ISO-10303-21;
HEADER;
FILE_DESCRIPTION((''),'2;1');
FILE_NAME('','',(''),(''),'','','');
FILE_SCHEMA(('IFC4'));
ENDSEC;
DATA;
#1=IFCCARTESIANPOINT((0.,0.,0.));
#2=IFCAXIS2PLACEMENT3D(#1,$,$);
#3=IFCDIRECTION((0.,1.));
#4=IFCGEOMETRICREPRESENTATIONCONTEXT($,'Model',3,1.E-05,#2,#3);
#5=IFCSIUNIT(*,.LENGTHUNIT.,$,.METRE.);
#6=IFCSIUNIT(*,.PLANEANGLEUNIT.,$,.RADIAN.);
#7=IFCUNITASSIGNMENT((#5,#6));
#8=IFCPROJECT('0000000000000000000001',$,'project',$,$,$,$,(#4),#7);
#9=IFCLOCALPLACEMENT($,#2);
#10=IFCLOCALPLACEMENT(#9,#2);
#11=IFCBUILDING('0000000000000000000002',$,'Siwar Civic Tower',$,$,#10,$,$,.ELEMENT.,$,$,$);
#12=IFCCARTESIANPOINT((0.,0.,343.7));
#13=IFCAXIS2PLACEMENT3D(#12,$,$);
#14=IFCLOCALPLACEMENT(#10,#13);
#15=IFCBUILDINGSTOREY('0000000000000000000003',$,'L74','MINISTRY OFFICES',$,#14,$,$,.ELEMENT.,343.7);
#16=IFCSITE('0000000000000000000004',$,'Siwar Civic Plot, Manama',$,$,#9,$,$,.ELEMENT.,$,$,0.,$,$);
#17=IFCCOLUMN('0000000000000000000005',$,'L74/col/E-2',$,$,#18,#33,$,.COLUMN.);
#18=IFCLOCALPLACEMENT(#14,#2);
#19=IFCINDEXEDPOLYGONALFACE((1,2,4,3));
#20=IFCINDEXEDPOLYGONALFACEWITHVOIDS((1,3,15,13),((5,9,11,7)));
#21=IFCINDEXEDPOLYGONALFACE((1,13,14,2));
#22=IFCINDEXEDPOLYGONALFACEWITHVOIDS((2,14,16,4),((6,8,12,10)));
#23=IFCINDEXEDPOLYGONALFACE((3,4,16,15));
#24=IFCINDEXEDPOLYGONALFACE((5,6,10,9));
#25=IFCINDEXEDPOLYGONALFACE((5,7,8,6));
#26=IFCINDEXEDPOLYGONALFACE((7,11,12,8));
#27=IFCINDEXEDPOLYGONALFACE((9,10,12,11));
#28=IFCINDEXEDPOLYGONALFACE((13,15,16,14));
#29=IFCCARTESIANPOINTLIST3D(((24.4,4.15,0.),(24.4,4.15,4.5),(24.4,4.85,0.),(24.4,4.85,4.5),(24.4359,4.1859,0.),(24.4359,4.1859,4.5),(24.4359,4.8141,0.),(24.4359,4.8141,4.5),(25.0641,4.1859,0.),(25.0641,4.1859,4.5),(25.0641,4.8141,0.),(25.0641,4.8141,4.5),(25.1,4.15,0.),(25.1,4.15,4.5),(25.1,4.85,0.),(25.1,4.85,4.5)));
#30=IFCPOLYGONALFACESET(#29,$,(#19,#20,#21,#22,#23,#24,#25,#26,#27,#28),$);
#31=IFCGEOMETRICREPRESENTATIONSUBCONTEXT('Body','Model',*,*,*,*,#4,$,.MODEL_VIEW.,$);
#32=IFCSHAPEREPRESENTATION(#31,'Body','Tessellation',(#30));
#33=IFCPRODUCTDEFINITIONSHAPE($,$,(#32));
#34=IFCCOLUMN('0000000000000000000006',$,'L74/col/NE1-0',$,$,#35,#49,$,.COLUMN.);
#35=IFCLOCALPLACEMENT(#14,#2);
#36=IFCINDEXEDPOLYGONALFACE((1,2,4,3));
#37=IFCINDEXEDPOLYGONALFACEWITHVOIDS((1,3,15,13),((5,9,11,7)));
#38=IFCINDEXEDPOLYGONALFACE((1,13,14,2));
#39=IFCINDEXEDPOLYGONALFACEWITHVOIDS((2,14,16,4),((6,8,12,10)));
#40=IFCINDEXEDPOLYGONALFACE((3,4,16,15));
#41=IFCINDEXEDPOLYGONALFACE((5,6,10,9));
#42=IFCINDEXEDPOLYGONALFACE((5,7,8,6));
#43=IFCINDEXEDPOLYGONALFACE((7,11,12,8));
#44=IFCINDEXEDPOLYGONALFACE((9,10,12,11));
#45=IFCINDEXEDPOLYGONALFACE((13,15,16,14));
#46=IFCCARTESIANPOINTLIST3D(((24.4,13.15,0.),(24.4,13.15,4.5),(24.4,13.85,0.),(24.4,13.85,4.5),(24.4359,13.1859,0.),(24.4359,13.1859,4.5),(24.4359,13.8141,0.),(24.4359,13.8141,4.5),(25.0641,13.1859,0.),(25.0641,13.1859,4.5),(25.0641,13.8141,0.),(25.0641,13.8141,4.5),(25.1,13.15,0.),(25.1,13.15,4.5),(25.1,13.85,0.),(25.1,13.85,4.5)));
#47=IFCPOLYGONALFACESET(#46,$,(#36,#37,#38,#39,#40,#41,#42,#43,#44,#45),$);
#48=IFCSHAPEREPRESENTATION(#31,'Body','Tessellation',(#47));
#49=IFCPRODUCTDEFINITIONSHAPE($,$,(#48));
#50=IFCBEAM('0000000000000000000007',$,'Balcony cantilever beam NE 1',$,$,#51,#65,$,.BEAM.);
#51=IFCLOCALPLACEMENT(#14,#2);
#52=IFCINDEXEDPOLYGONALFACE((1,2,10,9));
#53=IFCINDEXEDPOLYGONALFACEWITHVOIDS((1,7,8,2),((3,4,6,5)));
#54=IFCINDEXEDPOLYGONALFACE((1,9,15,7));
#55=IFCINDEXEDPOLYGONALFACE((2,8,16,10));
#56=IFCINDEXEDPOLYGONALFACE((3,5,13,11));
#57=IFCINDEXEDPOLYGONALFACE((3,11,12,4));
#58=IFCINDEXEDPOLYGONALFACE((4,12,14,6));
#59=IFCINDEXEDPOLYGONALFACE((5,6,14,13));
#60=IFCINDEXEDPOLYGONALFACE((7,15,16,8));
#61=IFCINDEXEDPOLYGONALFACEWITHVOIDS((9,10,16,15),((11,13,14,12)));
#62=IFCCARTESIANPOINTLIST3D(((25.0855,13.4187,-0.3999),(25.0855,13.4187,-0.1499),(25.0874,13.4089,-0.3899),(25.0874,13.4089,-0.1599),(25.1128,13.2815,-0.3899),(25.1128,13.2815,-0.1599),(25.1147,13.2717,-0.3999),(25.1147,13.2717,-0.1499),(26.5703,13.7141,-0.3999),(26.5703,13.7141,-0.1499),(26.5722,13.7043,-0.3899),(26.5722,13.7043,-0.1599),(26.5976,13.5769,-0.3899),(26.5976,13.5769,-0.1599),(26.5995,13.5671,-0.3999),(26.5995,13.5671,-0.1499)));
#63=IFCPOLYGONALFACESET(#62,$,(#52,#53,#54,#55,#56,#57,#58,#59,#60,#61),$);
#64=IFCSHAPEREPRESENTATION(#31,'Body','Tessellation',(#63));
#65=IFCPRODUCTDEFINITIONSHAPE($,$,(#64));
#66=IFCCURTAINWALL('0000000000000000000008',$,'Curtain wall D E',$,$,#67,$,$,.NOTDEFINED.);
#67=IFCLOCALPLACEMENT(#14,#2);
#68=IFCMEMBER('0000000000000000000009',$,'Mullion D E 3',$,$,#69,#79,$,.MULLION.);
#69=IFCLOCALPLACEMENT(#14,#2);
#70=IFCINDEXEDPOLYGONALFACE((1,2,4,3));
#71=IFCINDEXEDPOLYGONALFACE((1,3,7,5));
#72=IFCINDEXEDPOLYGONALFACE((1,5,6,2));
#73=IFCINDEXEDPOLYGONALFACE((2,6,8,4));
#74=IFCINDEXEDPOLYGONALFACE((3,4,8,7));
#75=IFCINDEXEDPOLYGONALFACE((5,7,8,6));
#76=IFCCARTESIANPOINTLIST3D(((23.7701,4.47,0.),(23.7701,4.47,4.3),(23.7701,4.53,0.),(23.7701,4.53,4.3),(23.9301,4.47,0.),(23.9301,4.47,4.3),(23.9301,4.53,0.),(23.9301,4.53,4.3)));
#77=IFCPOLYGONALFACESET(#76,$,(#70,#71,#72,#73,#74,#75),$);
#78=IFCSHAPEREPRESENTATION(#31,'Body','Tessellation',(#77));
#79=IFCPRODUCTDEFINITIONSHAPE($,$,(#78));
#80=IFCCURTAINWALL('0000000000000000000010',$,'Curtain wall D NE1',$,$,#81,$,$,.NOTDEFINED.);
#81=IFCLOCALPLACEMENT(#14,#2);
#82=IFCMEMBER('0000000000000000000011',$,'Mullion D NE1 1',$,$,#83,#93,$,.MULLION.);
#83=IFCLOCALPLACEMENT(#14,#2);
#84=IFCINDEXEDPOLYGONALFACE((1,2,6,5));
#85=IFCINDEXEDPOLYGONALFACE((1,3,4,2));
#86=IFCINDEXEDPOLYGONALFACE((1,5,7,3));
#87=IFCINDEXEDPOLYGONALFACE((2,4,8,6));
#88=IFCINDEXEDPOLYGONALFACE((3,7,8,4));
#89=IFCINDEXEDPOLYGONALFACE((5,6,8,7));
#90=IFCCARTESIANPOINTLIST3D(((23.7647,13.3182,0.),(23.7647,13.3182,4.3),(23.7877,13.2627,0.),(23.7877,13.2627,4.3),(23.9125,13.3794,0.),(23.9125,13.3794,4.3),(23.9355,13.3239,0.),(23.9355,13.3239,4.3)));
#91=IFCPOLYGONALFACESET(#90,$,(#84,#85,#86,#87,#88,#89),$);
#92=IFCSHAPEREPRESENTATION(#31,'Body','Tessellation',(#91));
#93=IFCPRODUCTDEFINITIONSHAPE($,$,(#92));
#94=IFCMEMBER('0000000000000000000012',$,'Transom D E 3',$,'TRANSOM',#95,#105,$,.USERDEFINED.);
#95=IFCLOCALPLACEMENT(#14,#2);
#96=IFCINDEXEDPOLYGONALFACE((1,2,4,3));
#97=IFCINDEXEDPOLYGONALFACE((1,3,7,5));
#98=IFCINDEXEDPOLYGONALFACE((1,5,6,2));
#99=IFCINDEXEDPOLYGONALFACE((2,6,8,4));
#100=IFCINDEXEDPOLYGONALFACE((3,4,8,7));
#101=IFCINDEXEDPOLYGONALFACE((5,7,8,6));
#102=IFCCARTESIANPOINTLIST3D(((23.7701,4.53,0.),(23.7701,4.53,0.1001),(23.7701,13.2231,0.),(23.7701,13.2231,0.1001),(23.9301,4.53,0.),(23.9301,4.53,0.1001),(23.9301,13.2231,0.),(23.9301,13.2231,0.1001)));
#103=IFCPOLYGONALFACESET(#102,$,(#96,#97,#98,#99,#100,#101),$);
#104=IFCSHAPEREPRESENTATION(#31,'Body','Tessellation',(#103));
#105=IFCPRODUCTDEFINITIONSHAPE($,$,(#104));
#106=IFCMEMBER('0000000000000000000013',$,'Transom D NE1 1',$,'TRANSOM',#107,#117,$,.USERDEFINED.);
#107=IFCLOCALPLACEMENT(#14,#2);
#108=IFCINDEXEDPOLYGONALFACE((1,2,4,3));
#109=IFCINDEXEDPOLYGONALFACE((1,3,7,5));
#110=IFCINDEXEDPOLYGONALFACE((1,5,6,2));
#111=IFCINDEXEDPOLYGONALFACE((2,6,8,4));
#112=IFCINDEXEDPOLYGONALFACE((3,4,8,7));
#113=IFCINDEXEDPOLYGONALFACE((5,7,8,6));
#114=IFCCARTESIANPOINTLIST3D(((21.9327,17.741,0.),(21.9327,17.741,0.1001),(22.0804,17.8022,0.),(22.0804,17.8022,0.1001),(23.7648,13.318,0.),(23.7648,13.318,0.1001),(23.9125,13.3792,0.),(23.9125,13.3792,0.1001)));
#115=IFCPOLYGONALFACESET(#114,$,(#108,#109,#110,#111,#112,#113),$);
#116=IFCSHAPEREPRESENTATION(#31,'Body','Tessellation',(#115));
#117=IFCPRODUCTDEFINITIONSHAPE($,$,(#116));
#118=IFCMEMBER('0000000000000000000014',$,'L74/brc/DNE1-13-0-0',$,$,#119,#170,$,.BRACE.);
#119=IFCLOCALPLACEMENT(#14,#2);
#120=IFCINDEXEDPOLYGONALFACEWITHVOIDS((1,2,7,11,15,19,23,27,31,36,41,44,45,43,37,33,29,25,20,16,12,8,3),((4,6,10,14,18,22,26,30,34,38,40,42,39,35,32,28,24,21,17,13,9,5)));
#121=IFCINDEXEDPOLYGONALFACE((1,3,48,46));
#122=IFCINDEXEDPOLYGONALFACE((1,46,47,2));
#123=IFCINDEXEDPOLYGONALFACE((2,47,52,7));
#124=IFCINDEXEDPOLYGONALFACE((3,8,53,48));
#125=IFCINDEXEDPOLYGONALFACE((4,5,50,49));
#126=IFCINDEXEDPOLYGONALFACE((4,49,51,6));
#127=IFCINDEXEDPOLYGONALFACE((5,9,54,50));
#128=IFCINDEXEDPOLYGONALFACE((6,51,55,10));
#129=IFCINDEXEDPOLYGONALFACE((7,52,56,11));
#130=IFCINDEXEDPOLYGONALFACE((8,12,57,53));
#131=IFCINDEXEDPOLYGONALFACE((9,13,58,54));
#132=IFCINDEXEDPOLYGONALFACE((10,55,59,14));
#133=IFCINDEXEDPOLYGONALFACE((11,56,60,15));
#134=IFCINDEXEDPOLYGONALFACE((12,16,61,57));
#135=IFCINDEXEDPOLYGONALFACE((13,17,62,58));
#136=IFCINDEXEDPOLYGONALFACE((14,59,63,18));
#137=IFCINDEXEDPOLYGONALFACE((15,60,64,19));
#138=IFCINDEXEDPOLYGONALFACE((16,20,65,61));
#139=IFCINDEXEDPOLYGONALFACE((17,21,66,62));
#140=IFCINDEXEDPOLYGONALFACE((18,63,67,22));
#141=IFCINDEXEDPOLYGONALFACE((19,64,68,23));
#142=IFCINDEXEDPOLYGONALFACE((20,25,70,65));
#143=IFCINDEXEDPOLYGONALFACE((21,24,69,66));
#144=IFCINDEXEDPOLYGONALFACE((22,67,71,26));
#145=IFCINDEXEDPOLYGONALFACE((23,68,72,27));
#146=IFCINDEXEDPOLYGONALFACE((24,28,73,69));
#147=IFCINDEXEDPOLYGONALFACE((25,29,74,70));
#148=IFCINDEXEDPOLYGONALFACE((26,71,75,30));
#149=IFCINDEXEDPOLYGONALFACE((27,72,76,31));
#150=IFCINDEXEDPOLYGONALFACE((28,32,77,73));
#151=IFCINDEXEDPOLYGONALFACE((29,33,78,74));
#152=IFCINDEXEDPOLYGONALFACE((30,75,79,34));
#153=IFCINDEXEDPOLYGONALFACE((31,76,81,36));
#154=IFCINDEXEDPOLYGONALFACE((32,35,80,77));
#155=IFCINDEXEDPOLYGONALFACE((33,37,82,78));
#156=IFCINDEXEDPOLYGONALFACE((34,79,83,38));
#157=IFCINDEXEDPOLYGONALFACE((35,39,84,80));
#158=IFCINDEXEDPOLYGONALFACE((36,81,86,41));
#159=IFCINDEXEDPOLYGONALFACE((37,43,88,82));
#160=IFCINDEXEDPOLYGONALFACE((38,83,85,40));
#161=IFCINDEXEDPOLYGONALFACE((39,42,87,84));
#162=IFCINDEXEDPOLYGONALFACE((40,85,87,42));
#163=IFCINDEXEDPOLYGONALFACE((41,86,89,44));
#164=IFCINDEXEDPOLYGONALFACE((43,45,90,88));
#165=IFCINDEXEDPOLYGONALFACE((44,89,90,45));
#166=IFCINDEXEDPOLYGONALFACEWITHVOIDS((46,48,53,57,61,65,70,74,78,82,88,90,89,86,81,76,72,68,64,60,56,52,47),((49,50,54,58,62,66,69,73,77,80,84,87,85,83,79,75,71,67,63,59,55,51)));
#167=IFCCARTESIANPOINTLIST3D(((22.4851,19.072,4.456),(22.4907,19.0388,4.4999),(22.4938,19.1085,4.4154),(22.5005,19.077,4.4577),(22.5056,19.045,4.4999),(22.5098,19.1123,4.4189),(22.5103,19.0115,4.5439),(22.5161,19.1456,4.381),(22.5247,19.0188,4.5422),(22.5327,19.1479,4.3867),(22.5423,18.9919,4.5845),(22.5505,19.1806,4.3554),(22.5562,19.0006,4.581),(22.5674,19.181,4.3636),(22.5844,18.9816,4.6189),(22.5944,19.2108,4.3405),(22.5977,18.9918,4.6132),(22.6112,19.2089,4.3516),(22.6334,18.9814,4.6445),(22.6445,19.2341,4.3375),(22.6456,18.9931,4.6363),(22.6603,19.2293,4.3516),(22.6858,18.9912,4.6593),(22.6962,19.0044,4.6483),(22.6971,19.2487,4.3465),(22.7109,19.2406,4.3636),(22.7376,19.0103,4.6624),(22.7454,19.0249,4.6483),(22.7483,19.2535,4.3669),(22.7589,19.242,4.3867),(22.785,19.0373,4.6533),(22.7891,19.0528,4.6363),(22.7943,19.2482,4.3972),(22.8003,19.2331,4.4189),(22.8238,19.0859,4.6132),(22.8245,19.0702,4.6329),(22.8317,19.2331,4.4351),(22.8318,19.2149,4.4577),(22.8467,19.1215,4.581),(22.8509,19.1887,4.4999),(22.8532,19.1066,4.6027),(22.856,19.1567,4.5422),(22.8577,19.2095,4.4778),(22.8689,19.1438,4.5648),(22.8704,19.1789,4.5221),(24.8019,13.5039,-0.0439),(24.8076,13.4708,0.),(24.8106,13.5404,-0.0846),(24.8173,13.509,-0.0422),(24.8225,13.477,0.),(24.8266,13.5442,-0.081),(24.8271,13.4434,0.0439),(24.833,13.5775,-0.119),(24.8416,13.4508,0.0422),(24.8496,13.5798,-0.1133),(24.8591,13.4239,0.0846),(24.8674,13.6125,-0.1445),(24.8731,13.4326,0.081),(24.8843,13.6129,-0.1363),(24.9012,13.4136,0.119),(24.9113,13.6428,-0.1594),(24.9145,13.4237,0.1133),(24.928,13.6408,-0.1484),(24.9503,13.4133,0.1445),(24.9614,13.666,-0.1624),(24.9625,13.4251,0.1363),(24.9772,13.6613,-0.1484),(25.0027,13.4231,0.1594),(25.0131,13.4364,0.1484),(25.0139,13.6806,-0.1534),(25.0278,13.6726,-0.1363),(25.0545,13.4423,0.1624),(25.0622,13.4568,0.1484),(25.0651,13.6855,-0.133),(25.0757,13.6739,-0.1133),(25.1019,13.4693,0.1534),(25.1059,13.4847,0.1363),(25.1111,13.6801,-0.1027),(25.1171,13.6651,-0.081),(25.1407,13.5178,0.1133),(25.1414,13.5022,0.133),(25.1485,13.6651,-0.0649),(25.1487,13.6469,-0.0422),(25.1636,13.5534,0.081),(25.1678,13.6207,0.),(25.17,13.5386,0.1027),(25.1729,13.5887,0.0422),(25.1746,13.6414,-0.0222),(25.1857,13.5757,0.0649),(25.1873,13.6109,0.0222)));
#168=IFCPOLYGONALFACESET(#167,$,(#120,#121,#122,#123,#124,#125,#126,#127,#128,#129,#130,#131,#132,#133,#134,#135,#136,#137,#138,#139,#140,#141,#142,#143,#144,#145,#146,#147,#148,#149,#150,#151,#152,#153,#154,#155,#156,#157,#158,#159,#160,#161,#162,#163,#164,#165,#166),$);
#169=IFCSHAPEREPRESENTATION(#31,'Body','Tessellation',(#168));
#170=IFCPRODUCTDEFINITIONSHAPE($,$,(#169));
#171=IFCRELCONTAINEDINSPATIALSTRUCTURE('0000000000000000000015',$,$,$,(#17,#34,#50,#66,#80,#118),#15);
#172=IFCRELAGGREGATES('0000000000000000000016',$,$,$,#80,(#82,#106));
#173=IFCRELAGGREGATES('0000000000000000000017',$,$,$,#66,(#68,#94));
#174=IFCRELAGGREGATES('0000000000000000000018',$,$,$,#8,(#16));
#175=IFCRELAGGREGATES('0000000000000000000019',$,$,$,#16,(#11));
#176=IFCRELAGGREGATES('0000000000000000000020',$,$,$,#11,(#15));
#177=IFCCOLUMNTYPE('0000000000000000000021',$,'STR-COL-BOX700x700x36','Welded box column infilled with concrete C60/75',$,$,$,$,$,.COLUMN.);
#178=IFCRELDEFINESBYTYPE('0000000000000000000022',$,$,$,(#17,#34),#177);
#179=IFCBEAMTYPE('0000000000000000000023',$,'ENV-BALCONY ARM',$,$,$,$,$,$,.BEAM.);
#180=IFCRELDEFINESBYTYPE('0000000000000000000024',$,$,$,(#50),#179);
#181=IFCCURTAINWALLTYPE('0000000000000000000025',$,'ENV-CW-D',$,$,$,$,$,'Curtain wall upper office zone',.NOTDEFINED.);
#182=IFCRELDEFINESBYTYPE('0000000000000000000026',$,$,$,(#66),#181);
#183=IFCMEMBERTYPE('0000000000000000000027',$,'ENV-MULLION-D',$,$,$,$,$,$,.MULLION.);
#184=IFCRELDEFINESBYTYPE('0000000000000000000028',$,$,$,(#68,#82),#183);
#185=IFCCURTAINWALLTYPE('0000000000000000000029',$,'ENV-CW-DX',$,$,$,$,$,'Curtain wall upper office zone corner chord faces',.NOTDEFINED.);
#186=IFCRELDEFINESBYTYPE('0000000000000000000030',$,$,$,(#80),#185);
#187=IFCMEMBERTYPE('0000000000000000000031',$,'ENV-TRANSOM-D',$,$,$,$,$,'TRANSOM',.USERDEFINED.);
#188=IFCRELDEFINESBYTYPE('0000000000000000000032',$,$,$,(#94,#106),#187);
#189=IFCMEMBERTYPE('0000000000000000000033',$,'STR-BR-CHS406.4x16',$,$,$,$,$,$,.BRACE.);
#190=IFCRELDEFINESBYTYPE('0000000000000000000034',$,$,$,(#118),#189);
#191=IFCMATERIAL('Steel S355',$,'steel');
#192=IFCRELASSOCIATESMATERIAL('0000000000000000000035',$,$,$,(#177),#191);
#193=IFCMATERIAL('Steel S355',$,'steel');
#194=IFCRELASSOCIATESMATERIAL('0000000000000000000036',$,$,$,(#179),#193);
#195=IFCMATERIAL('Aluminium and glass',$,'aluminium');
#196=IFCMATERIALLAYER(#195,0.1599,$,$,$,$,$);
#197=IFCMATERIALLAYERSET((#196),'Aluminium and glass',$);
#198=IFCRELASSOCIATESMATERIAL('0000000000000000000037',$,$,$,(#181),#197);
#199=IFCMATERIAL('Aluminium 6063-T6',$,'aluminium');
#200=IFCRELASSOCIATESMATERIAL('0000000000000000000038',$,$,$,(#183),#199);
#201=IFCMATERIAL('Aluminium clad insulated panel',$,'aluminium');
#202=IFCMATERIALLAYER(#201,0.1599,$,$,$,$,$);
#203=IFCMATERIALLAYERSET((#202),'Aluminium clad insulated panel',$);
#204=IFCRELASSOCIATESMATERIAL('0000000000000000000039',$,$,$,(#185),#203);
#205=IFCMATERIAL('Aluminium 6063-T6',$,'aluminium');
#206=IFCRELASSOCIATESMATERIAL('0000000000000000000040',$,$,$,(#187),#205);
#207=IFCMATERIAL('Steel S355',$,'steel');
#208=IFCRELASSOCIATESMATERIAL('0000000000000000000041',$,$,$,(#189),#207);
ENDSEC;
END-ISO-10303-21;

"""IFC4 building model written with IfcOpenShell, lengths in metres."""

from ifc_helpers import new_model, si_unit, direction, frame, origin, origin_2d, place, context, subcontext, project, spatial, rectangle, hollow_rectangle, hollow_circle, extrude, material, layer, layer_set, material_profile, profile_set, type_object, element, aggregate, save


model = new_model("IFC4")

# Units and contexts
model_context = context("Model", 3, precision=1e-05, world=origin(), true_north=direction((0.0, 1.0)))
body_context = subcontext(model_context, "Body", "Model", "MODEL_VIEW")
ifc_project = project(units=[si_unit("LENGTHUNIT", "METRE"), si_unit("PLANEANGLEUNIT", "RADIAN")], contexts=[model_context])

# Site, building, storey
site_placement = place(None, origin())
site = spatial("IfcSite", under=ifc_project, at=site_placement, Name="Siwar Civic Plot, Manama", CompositionType="ELEMENT", RefElevation=0.0)
building_placement = place(site_placement, origin())
building = spatial("IfcBuilding", under=site, at=building_placement, Name="Siwar Civic Tower", CompositionType="ELEMENT")
storey_placement = place(building_placement, frame((0.0, 0.0, 343.7)))
storey = spatial("IfcBuildingStorey", under=building, at=storey_placement, Name="L74", Description="MINISTRY OFFICES", CompositionType="ELEMENT", Elevation=343.7)

# Columns
ifc_material_1 = material(Name="Steel S355", Category="steel")
ifc_material_profile_1 = material_profile(ifc_material_1, hollow_rectangle(XDim=0.7, YDim=0.7, WallThickness=0.0359, at=origin_2d()), Name="BOX700x700x36")
ifc_profile_set_1 = profile_set([ifc_material_profile_1], Name="Steel S355")
column_type = type_object("IfcColumnType", Name="STR-COL-BOX700x700x36", Description="Welded box column infilled with concrete C60/75", PredefinedType="COLUMN", material=ifc_profile_set_1)
for number, where, z_axis, x_axis, name in (
    (1, (24.75, 4.5, 0.0), (0.0, 0.0, 1.0), (1.0, 0.0, 0.0), "L74/col/E-2"),
    (2, (24.75, 13.5, 0.0), (0.0, 0.0, 1.0), (1.0, 0.0, 0.0), "L74/col/NE1-0"),
):
    element("IfcColumn", number, at=place(storey_placement, frame(where, z_axis=z_axis, x_axis=x_axis)), inside=storey, type_object=column_type, Name=name, PredefinedType="COLUMN", context=body_context, shape_type="SweptSolid", body=[
        extrude(hollow_rectangle(XDim=0.7, YDim=0.7, WallThickness=0.0359, at=origin_2d()), origin(), (0.0, 0.0, 1.0), 4.5),
    ])

# Beam
ifc_material_2 = material(Name="Steel S355", Category="steel")
ifc_material_profile_2 = material_profile(ifc_material_2, hollow_rectangle(XDim=0.1499, YDim=0.25, WallThickness=0.01, at=origin_2d()), Name="RHS250x150x10")
ifc_profile_set_2 = profile_set([ifc_material_profile_2], Name="Steel S355")
beam_type_1 = type_object("IfcBeamType", Name="ENV-BALCONY ARM", PredefinedType="BEAM", material=ifc_profile_set_2)
beam_1_placement = place(storey_placement, frame((25.1001, 13.3452, -0.2749), z_axis=(0.980779, 0.195124, 0.0), x_axis=(-0.195124, 0.980779, 0.0)))
element("IfcBeam", 3, at=beam_1_placement, inside=storey, type_object=beam_type_1, Name="Balcony cantilever beam NE 1", PredefinedType="BEAM", context=body_context, shape_type="SweptSolid", body=[
    extrude(hollow_rectangle(XDim=0.1499, YDim=0.25, WallThickness=0.01, at=origin_2d()), origin(), (0.0, 0.0, 1.0), 1.5139),
])

# Curtain walls, members
ifc_material_3 = material(Name="Aluminium and glass", Category="aluminium")
ifc_layer_1 = layer(ifc_material_3, 0.1599)
ifc_layer_set_1 = layer_set([ifc_layer_1], Name="Aluminium and glass")
curtain_wall_type_1 = type_object("IfcCurtainWallType", Name="ENV-CW-D", ElementType="Curtain wall upper office zone", PredefinedType="NOTDEFINED", material=ifc_layer_set_1)
curtain_wall_1_placement = place(storey_placement, origin())
curtain_wall_1 = element("IfcCurtainWall", 4, at=curtain_wall_1_placement, inside=storey, type_object=curtain_wall_type_1, Name="Curtain wall D E", PredefinedType="NOTDEFINED")
ifc_material_4 = material(Name="Aluminium 6063-T6", Category="aluminium")
ifc_material_profile_3 = material_profile(ifc_material_4, rectangle(XDim=0.1599, YDim=0.0601, at=origin_2d()), Name="AL 160x60")
ifc_profile_set_3 = profile_set([ifc_material_profile_3], Name="Aluminium 6063-T6")
member_type_1 = type_object("IfcMemberType", Name="ENV-MULLION-D", PredefinedType="MULLION", material=ifc_profile_set_3)
member_1_placement = place(storey_placement, frame((23.8501, 4.5, 0.0), z_axis=(0.0, 0.0, 1.0), x_axis=(-1.0, 0.0, 0.0)))
member_1 = element("IfcMember", 5, at=member_1_placement, type_object=member_type_1, Name="Mullion D E 3", PredefinedType="MULLION", context=body_context, shape_type="SweptSolid", body=[
    extrude(rectangle(XDim=0.1599, YDim=0.0601, at=origin_2d()), origin(), (0.0, 0.0, 1.0), 4.3),
])
ifc_material_5 = material(Name="Aluminium clad insulated panel", Category="aluminium")
ifc_layer_2 = layer(ifc_material_5, 0.1599)
ifc_layer_set_2 = layer_set([ifc_layer_2], Name="Aluminium clad insulated panel")
curtain_wall_type_2 = type_object("IfcCurtainWallType", Name="ENV-CW-DX", ElementType="Curtain wall upper office zone corner chord faces", PredefinedType="NOTDEFINED", material=ifc_layer_set_2)
curtain_wall_2_placement = place(storey_placement, origin())
curtain_wall_2 = element("IfcCurtainWall", 6, at=curtain_wall_2_placement, inside=storey, type_object=curtain_wall_type_2, Name="Curtain wall D NE1", PredefinedType="NOTDEFINED")
member_2_placement = place(storey_placement, frame((23.8501, 13.321, 0.0), z_axis=(0.0, 0.0, 1.0), x_axis=(-0.92388, -0.382683, 0.0)))
member_2 = element("IfcMember", 7, at=member_2_placement, type_object=member_type_1, Name="Mullion D NE1 1", PredefinedType="MULLION", context=body_context, shape_type="SweptSolid", body=[
    extrude(rectangle(XDim=0.1599, YDim=0.0601, at=origin_2d()), origin(), (0.0, 0.0, 1.0), 4.3),
])

# Members
ifc_material_6 = material(Name="Aluminium 6063-T6", Category="aluminium")
ifc_material_profile_4 = material_profile(ifc_material_6, rectangle(XDim=0.1599, YDim=0.1001, at=origin_2d()), Name="AL 160x100")
ifc_profile_set_4 = profile_set([ifc_material_profile_4], Name="Aluminium 6063-T6")
member_type_2 = type_object("IfcMemberType", Name="ENV-TRANSOM-D", ElementType="TRANSOM", PredefinedType="USERDEFINED", material=ifc_profile_set_4)
member_3_placement = place(storey_placement, frame((23.8501, 4.53, 0.05), z_axis=(0.0, 1.0, 0.0), x_axis=(-1.0, 0.0, 0.0)))
member_3 = element("IfcMember", 8, at=member_3_placement, type_object=member_type_2, Name="Transom D E 3", ObjectType="TRANSOM", PredefinedType="USERDEFINED", context=body_context, shape_type="SweptSolid", body=[
    extrude(rectangle(XDim=0.1599, YDim=0.1001, at=origin_2d()), origin(), (0.0, 0.0, 1.0), 8.6931),
])
member_4_placement = place(storey_placement, frame((23.8386, 13.3486, 0.05), z_axis=(-0.382688, 0.923878, 0.0), x_axis=(-0.923878, -0.382688, 0.0)))
member_4 = element("IfcMember", 9, at=member_4_placement, type_object=member_type_2, Name="Transom D NE1 1", ObjectType="TRANSOM", PredefinedType="USERDEFINED", context=body_context, shape_type="SweptSolid", body=[
    extrude(rectangle(XDim=0.1599, YDim=0.1001, at=origin_2d()), origin(), (0.0, 0.0, 1.0), 4.7874),
])
aggregate(curtain_wall_2, [member_2, member_4])
ifc_material_7 = material(Name="Steel S355", Category="steel")
ifc_material_profile_5 = material_profile(ifc_material_7, hollow_circle(Radius=0.2031, WallThickness=0.0161, at=origin_2d()), Name="CHS406.4x16")
ifc_profile_set_5 = profile_set([ifc_material_profile_5], Name="Steel S355")
member_type_3 = type_object("IfcMemberType", Name="STR-BR-CHS406.4x16", PredefinedType="BRACE", material=ifc_profile_set_5)
member_5_placement = place(storey_placement, frame((24.9951, 13.5488, 0.0), z_axis=(-0.307903, 0.739973, 0.598026), x_axis=(-0.923262, -0.38417, 0.0)))
element("IfcMember", 10, at=member_5_placement, inside=storey, type_object=member_type_3, Name="L74/brc/DNE1-13-0-0", PredefinedType="BRACE", context=body_context, shape_type="SweptSolid", body=[
    extrude(hollow_circle(Radius=0.2031, WallThickness=0.0161, at=origin_2d()), origin(), (0.0, 0.0, 1.0), 7.5247),
])

aggregate(curtain_wall_1, [member_1, member_3])

save(model, "model.ifc")
